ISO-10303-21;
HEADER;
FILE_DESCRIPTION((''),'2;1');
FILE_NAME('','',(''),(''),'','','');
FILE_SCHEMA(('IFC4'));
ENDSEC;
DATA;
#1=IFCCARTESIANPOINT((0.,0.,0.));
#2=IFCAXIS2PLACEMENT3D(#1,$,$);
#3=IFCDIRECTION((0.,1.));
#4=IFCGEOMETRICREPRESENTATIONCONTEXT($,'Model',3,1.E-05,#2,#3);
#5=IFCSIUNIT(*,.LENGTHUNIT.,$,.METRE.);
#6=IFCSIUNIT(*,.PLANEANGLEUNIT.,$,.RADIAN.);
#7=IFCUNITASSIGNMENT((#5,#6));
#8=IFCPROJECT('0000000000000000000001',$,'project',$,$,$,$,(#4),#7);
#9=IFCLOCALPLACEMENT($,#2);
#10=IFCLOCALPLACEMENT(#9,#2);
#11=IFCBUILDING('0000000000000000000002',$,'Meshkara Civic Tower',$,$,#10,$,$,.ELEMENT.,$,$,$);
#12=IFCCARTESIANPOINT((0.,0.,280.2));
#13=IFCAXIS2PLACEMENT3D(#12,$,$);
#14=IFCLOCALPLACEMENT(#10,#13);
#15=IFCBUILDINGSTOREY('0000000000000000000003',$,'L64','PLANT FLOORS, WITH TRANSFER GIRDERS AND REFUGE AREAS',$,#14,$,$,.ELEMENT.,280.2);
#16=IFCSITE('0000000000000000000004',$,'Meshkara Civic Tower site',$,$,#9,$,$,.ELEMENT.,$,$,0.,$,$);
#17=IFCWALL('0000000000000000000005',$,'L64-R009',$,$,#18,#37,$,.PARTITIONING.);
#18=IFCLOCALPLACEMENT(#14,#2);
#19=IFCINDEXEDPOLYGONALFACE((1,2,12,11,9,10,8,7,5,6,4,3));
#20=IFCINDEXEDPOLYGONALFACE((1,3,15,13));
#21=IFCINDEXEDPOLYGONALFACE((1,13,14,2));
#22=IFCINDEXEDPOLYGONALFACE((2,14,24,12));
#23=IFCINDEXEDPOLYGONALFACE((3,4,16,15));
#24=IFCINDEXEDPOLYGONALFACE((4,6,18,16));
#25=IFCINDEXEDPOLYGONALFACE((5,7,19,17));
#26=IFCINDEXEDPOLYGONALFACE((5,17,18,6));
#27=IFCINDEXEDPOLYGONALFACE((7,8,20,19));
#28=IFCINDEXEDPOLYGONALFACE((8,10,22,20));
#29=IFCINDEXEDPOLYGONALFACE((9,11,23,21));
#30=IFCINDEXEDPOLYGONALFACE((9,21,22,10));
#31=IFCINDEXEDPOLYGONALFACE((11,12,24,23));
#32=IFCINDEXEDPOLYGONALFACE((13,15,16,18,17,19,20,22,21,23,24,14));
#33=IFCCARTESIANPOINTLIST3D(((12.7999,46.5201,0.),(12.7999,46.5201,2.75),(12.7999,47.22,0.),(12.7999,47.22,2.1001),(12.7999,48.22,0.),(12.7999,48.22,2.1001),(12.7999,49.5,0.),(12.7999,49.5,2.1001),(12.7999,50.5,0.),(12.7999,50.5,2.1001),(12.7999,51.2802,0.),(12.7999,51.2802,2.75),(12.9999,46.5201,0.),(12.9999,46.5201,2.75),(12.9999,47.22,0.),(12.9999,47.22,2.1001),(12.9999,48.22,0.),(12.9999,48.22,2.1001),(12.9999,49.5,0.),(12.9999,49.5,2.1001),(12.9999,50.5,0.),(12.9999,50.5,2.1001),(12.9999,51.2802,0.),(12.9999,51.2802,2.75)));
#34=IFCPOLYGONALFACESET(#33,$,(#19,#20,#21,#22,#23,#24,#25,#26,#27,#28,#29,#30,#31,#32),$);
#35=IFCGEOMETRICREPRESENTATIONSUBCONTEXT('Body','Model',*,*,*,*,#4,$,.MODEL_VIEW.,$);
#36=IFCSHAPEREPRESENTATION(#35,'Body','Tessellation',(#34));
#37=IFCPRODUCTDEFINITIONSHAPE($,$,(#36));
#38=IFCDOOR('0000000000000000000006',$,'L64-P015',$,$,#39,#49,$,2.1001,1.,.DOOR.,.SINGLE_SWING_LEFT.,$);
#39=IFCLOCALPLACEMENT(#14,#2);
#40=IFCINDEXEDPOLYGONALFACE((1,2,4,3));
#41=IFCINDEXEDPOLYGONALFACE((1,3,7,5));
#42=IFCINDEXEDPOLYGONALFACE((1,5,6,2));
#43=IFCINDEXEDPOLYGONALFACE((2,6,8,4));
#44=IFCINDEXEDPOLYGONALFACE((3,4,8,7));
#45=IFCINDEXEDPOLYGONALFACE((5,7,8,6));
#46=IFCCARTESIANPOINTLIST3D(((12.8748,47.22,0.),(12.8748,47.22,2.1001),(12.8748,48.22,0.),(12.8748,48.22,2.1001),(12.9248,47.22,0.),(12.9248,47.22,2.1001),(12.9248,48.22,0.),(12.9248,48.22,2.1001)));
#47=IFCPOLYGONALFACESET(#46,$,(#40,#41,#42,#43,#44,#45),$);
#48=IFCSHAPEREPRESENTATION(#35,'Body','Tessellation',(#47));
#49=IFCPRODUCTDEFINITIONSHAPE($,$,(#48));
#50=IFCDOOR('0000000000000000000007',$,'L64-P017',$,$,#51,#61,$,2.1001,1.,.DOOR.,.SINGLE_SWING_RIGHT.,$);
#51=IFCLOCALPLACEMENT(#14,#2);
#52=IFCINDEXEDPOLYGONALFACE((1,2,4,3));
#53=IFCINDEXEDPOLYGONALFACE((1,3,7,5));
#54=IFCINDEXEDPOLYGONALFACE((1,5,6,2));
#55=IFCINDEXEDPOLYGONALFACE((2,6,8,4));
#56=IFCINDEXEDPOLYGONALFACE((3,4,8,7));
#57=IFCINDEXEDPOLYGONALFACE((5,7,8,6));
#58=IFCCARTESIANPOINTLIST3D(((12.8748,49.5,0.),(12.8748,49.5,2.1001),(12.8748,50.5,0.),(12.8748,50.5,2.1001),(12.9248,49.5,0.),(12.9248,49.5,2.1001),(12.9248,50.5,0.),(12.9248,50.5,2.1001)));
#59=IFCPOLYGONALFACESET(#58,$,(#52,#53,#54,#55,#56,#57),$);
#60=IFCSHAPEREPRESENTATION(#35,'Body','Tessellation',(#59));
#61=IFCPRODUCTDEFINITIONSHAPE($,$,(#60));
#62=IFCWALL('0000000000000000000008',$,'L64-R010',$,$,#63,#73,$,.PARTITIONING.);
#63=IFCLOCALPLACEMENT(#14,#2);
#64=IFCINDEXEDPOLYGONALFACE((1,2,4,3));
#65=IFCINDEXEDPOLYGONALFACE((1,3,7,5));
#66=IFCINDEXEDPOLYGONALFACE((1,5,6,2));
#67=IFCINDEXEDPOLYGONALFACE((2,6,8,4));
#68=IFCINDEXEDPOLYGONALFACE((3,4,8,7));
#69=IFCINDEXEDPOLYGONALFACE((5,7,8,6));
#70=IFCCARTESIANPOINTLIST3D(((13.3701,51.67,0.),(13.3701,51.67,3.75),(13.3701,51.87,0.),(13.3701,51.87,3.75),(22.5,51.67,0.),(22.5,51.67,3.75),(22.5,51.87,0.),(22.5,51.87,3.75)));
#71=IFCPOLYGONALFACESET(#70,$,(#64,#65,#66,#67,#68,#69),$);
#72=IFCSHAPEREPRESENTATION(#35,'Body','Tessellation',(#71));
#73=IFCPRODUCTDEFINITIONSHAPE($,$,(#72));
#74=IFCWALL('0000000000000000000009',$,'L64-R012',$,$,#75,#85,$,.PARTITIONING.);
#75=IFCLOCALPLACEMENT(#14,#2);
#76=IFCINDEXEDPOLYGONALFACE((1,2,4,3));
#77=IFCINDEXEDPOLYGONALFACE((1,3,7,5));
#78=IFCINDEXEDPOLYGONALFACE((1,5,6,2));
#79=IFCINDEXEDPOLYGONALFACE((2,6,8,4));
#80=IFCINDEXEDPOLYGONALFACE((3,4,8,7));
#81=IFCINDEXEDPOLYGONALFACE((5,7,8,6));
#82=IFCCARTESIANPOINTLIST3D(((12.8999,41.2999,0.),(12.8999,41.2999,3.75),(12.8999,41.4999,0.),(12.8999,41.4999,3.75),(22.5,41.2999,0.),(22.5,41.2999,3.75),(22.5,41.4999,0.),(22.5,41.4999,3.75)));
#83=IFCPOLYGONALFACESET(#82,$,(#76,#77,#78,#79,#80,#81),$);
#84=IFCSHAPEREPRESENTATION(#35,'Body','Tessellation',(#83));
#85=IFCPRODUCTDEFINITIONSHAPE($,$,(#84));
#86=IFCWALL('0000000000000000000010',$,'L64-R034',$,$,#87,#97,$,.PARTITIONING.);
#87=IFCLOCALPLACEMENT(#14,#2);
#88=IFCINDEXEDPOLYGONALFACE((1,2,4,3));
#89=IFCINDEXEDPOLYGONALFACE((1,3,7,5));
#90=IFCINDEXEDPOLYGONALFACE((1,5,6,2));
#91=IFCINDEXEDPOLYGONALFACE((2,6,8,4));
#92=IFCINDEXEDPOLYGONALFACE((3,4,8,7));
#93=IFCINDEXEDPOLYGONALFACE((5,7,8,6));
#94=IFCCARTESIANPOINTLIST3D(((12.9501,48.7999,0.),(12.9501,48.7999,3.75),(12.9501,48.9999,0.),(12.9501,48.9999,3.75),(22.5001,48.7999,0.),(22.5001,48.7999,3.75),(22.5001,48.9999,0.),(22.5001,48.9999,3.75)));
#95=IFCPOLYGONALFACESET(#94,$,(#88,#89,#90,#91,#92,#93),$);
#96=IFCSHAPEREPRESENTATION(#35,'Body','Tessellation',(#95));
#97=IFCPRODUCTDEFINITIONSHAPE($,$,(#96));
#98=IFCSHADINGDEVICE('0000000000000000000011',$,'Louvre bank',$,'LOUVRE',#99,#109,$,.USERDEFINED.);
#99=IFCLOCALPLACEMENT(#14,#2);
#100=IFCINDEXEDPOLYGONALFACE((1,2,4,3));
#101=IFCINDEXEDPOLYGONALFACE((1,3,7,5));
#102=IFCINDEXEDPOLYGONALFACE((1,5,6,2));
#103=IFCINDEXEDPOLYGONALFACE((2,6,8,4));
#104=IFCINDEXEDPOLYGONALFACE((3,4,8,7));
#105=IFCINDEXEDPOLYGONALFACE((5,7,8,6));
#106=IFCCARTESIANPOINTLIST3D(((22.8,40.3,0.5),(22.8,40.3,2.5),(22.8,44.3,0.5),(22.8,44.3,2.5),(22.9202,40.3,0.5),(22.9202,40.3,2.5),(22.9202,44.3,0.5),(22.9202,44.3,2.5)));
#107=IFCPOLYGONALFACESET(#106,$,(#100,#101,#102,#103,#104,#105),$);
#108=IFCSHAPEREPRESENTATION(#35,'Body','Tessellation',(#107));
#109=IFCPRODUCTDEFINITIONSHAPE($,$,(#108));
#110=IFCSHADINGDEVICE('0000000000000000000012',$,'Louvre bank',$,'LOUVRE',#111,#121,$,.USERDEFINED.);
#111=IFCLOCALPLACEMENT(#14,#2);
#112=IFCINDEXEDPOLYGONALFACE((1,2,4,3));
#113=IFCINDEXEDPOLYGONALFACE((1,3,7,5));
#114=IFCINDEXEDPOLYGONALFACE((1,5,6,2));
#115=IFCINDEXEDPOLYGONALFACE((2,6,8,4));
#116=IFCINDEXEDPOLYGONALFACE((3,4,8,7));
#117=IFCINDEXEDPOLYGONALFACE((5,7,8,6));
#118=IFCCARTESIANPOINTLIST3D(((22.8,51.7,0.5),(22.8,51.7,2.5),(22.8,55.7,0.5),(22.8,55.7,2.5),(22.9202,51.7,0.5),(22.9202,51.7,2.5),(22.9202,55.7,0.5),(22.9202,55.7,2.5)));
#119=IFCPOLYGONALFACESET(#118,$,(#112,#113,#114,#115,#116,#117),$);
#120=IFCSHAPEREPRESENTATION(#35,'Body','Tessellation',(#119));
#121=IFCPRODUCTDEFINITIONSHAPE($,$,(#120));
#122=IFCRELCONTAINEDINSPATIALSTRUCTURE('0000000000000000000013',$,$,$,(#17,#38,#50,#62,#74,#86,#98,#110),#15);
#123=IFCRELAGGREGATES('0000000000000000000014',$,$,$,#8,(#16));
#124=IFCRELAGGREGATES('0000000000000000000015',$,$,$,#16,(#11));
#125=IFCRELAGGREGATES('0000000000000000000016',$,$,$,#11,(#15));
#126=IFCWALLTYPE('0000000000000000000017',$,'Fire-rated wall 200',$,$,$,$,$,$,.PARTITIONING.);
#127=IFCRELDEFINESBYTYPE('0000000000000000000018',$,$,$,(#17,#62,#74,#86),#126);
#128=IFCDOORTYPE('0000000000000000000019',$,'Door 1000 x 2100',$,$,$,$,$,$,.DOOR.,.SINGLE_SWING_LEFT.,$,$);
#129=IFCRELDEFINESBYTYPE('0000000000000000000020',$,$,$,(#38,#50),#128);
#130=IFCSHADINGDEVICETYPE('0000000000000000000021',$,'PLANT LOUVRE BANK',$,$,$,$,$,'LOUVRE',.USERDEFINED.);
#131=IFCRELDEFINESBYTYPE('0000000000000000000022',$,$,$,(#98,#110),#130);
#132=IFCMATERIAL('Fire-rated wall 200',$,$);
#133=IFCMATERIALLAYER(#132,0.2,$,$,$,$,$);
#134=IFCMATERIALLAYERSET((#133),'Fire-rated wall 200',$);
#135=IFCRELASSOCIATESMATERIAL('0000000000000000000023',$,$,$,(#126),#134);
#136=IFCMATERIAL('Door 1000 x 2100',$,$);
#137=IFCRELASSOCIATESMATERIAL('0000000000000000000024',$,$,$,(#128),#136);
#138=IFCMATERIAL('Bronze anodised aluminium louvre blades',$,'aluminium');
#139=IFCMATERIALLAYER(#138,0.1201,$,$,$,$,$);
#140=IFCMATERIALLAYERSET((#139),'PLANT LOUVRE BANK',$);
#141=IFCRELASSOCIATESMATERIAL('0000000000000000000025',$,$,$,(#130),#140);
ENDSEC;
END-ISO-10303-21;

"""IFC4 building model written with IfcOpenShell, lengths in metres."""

from ifc_helpers import new_model, si_unit, direction, frame, frame_2d, origin, origin_2d, place, context, subcontext, project, spatial, rectangle, extrude, material, layer, layer_set, type_object, element, fill, save


model = new_model("IFC4")

# Units and contexts
model_context = context("Model", 3, precision=1e-05, world=origin(), true_north=direction((0.0, 1.0)))
body_context = subcontext(model_context, "Body", "Model", "MODEL_VIEW")
ifc_project = project(units=[si_unit("LENGTHUNIT", "METRE"), si_unit("PLANEANGLEUNIT", "RADIAN")], contexts=[model_context])

# Site, building, storey
site_placement = place(None, origin())
site = spatial("IfcSite", under=ifc_project, at=site_placement, Name="Meshkara Civic Tower site", CompositionType="ELEMENT", RefElevation=0.0)
building_placement = place(site_placement, origin())
building = spatial("IfcBuilding", under=site, at=building_placement, Name="Meshkara Civic Tower", CompositionType="ELEMENT")
storey_placement = place(building_placement, frame((0.0, 0.0, 280.2)))
storey = spatial("IfcBuildingStorey", under=building, at=storey_placement, Name="L64", Description="PLANT FLOORS, WITH TRANSFER GIRDERS AND REFUGE AREAS", CompositionType="ELEMENT", Elevation=280.2)

# Shared definitions
ifc_material_1 = material(Name="Fire-rated wall 200")
ifc_layer_1 = layer(ifc_material_1, 0.2)
ifc_layer_set_1 = layer_set([ifc_layer_1], Name="Fire-rated wall 200")
wall_type_1 = type_object("IfcWallType", Name="Fire-rated wall 200", PredefinedType="PARTITIONING", material=ifc_layer_set_1)

# Wall, openings, doors
wall_1_placement = place(storey_placement, frame((12.8999, 51.28, 0.0), z_axis=(0.0, 0.0, 1.0), x_axis=(0.0, -1.0, 0.0)))
wall_1 = element("IfcWall", 1, at=wall_1_placement, inside=storey, type_object=wall_type_1, Name="L64-R009", PredefinedType="PARTITIONING", context=body_context, shape_type="SweptSolid", body=[
    extrude(rectangle(XDim=4.76, YDim=0.2, at=frame_2d((2.3799, 0.0))), origin(), (0.0, 0.0, 1.0), 2.75),
])
opening_1_placement = place(wall_1_placement, frame((3.0601, 0.0, 0.0)))
opening_1 = element("IfcOpeningElement", 2, at=opening_1_placement, cuts=wall_1, PredefinedType="OPENING", context=body_context, shape_type="SweptSolid", body=[
    extrude(rectangle(XDim=1.0, YDim=2.1001, at=frame_2d((0.5, 1.05))), frame((0.0, 0.1099, 0.0), z_axis=(0.0, -1.0, 0.0), x_axis=(1.0, 0.0, 0.0)), (0.0, 0.0, 1.0), 0.22),
])
opening_2_placement = place(wall_1_placement, frame((0.78, 0.0, 0.0)))
opening_2 = element("IfcOpeningElement", 3, at=opening_2_placement, cuts=wall_1, PredefinedType="OPENING", context=body_context, shape_type="SweptSolid", body=[
    extrude(rectangle(XDim=1.0, YDim=2.1001, at=frame_2d((0.5, 1.05))), frame((0.0, 0.1099, 0.0), z_axis=(0.0, -1.0, 0.0), x_axis=(1.0, 0.0, 0.0)), (0.0, 0.0, 1.0), 0.22),
])
ifc_material_2 = material(Name="Door 1000 x 2100")
door_type = type_object("IfcDoorType", Name="Door 1000 x 2100", OperationType="SINGLE_SWING_LEFT", PredefinedType="DOOR", material=ifc_material_2)
door_1_placement = place(opening_1_placement, origin())
door_1 = element("IfcDoor", 4, at=door_1_placement, inside=storey, type_object=door_type, Name="L64-P015", OperationType="SINGLE_SWING_LEFT", OverallHeight=2.1001, OverallWidth=1.0, PredefinedType="DOOR", context=body_context, shape_type="SweptSolid", body=[
    extrude(rectangle(XDim=1.0, YDim=2.1001, at=frame_2d((0.5, 1.05))), frame((0.0, 0.0249, 0.0), z_axis=(0.0, -1.0, 0.0), x_axis=(1.0, 0.0, 0.0)), (0.0, 0.0, 1.0), 0.05),
])
fill(opening_1, door_1)
door_2_placement = place(opening_2_placement, origin())
door_2 = element("IfcDoor", 5, at=door_2_placement, inside=storey, type_object=door_type, Name="L64-P017", OperationType="SINGLE_SWING_RIGHT", OverallHeight=2.1001, OverallWidth=1.0, PredefinedType="DOOR", context=body_context, shape_type="SweptSolid", body=[
    extrude(rectangle(XDim=1.0, YDim=2.1001, at=frame_2d((0.5, 1.05))), frame((0.0, 0.0249, 0.0), z_axis=(0.0, -1.0, 0.0), x_axis=(1.0, 0.0, 0.0)), (0.0, 0.0, 1.0), 0.05),
])
fill(opening_2, door_2)

# Walls
wall_2_placement = place(storey_placement, frame((13.3701, 51.77, 0.0), z_axis=(0.0, 0.0, 1.0), x_axis=(1.0, 0.0, 0.0)))
element("IfcWall", 6, at=wall_2_placement, inside=storey, type_object=wall_type_1, Name="L64-R010", PredefinedType="PARTITIONING", context=body_context, shape_type="SweptSolid", body=[
    extrude(rectangle(XDim=9.1299, YDim=0.2, at=frame_2d((4.5649, 0.0))), origin(), (0.0, 0.0, 1.0), 3.75),
])
wall_3_placement = place(storey_placement, frame((22.5, 41.3999, 0.0), z_axis=(0.0, 0.0, 1.0), x_axis=(-1.0, 0.0, 0.0)))
element("IfcWall", 7, at=wall_3_placement, inside=storey, type_object=wall_type_1, Name="L64-R012", PredefinedType="PARTITIONING", context=body_context, shape_type="SweptSolid", body=[
    extrude(rectangle(XDim=9.6001, YDim=0.2, at=frame_2d((4.8, 0.0))), origin(), (0.0, 0.0, 1.0), 3.75),
])
wall_4_placement = place(storey_placement, frame((22.5, 48.8999, 0.0), z_axis=(0.0, 0.0, 1.0), x_axis=(-1.0, 0.0, 0.0)))
element("IfcWall", 8, at=wall_4_placement, inside=storey, type_object=wall_type_1, Name="L64-R034", PredefinedType="PARTITIONING", context=body_context, shape_type="SweptSolid", body=[
    extrude(rectangle(XDim=9.55, YDim=0.2, at=frame_2d((4.7749, 0.0))), origin(), (0.0, 0.0, 1.0), 3.75),
])

# Shading devices
ifc_material_3 = material(Name="Bronze anodised aluminium louvre blades", Category="aluminium")
ifc_layer_2 = layer(ifc_material_3, 0.1201)
ifc_layer_set_2 = layer_set([ifc_layer_2], Name="PLANT LOUVRE BANK")
shading_device_type = type_object("IfcShadingDeviceType", Name="PLANT LOUVRE BANK", ElementType="LOUVRE", PredefinedType="USERDEFINED", material=ifc_layer_set_2)
for number, where, z_axis, x_axis, name in (
    (9, (22.8601, 42.3, 0.5), (0.0, 0.0, 1.0), (0.0, 1.0, 0.0), "Louvre bank"),
    (10, (22.8601, 53.7, 0.5), (0.0, 0.0, 1.0), (0.0, 1.0, 0.0), "Louvre bank"),
):
    element("IfcShadingDevice", number, at=place(storey_placement, frame(where, z_axis=z_axis, x_axis=x_axis)), inside=storey, type_object=shading_device_type, Name=name, ObjectType="LOUVRE", PredefinedType="USERDEFINED", context=body_context, shape_type="SweptSolid", body=[
        extrude(rectangle(XDim=4.0, YDim=0.1201, at=origin_2d()), origin(), (0.0, 0.0, 1.0), 2.0),
    ])

save(model, "model.ifc")
